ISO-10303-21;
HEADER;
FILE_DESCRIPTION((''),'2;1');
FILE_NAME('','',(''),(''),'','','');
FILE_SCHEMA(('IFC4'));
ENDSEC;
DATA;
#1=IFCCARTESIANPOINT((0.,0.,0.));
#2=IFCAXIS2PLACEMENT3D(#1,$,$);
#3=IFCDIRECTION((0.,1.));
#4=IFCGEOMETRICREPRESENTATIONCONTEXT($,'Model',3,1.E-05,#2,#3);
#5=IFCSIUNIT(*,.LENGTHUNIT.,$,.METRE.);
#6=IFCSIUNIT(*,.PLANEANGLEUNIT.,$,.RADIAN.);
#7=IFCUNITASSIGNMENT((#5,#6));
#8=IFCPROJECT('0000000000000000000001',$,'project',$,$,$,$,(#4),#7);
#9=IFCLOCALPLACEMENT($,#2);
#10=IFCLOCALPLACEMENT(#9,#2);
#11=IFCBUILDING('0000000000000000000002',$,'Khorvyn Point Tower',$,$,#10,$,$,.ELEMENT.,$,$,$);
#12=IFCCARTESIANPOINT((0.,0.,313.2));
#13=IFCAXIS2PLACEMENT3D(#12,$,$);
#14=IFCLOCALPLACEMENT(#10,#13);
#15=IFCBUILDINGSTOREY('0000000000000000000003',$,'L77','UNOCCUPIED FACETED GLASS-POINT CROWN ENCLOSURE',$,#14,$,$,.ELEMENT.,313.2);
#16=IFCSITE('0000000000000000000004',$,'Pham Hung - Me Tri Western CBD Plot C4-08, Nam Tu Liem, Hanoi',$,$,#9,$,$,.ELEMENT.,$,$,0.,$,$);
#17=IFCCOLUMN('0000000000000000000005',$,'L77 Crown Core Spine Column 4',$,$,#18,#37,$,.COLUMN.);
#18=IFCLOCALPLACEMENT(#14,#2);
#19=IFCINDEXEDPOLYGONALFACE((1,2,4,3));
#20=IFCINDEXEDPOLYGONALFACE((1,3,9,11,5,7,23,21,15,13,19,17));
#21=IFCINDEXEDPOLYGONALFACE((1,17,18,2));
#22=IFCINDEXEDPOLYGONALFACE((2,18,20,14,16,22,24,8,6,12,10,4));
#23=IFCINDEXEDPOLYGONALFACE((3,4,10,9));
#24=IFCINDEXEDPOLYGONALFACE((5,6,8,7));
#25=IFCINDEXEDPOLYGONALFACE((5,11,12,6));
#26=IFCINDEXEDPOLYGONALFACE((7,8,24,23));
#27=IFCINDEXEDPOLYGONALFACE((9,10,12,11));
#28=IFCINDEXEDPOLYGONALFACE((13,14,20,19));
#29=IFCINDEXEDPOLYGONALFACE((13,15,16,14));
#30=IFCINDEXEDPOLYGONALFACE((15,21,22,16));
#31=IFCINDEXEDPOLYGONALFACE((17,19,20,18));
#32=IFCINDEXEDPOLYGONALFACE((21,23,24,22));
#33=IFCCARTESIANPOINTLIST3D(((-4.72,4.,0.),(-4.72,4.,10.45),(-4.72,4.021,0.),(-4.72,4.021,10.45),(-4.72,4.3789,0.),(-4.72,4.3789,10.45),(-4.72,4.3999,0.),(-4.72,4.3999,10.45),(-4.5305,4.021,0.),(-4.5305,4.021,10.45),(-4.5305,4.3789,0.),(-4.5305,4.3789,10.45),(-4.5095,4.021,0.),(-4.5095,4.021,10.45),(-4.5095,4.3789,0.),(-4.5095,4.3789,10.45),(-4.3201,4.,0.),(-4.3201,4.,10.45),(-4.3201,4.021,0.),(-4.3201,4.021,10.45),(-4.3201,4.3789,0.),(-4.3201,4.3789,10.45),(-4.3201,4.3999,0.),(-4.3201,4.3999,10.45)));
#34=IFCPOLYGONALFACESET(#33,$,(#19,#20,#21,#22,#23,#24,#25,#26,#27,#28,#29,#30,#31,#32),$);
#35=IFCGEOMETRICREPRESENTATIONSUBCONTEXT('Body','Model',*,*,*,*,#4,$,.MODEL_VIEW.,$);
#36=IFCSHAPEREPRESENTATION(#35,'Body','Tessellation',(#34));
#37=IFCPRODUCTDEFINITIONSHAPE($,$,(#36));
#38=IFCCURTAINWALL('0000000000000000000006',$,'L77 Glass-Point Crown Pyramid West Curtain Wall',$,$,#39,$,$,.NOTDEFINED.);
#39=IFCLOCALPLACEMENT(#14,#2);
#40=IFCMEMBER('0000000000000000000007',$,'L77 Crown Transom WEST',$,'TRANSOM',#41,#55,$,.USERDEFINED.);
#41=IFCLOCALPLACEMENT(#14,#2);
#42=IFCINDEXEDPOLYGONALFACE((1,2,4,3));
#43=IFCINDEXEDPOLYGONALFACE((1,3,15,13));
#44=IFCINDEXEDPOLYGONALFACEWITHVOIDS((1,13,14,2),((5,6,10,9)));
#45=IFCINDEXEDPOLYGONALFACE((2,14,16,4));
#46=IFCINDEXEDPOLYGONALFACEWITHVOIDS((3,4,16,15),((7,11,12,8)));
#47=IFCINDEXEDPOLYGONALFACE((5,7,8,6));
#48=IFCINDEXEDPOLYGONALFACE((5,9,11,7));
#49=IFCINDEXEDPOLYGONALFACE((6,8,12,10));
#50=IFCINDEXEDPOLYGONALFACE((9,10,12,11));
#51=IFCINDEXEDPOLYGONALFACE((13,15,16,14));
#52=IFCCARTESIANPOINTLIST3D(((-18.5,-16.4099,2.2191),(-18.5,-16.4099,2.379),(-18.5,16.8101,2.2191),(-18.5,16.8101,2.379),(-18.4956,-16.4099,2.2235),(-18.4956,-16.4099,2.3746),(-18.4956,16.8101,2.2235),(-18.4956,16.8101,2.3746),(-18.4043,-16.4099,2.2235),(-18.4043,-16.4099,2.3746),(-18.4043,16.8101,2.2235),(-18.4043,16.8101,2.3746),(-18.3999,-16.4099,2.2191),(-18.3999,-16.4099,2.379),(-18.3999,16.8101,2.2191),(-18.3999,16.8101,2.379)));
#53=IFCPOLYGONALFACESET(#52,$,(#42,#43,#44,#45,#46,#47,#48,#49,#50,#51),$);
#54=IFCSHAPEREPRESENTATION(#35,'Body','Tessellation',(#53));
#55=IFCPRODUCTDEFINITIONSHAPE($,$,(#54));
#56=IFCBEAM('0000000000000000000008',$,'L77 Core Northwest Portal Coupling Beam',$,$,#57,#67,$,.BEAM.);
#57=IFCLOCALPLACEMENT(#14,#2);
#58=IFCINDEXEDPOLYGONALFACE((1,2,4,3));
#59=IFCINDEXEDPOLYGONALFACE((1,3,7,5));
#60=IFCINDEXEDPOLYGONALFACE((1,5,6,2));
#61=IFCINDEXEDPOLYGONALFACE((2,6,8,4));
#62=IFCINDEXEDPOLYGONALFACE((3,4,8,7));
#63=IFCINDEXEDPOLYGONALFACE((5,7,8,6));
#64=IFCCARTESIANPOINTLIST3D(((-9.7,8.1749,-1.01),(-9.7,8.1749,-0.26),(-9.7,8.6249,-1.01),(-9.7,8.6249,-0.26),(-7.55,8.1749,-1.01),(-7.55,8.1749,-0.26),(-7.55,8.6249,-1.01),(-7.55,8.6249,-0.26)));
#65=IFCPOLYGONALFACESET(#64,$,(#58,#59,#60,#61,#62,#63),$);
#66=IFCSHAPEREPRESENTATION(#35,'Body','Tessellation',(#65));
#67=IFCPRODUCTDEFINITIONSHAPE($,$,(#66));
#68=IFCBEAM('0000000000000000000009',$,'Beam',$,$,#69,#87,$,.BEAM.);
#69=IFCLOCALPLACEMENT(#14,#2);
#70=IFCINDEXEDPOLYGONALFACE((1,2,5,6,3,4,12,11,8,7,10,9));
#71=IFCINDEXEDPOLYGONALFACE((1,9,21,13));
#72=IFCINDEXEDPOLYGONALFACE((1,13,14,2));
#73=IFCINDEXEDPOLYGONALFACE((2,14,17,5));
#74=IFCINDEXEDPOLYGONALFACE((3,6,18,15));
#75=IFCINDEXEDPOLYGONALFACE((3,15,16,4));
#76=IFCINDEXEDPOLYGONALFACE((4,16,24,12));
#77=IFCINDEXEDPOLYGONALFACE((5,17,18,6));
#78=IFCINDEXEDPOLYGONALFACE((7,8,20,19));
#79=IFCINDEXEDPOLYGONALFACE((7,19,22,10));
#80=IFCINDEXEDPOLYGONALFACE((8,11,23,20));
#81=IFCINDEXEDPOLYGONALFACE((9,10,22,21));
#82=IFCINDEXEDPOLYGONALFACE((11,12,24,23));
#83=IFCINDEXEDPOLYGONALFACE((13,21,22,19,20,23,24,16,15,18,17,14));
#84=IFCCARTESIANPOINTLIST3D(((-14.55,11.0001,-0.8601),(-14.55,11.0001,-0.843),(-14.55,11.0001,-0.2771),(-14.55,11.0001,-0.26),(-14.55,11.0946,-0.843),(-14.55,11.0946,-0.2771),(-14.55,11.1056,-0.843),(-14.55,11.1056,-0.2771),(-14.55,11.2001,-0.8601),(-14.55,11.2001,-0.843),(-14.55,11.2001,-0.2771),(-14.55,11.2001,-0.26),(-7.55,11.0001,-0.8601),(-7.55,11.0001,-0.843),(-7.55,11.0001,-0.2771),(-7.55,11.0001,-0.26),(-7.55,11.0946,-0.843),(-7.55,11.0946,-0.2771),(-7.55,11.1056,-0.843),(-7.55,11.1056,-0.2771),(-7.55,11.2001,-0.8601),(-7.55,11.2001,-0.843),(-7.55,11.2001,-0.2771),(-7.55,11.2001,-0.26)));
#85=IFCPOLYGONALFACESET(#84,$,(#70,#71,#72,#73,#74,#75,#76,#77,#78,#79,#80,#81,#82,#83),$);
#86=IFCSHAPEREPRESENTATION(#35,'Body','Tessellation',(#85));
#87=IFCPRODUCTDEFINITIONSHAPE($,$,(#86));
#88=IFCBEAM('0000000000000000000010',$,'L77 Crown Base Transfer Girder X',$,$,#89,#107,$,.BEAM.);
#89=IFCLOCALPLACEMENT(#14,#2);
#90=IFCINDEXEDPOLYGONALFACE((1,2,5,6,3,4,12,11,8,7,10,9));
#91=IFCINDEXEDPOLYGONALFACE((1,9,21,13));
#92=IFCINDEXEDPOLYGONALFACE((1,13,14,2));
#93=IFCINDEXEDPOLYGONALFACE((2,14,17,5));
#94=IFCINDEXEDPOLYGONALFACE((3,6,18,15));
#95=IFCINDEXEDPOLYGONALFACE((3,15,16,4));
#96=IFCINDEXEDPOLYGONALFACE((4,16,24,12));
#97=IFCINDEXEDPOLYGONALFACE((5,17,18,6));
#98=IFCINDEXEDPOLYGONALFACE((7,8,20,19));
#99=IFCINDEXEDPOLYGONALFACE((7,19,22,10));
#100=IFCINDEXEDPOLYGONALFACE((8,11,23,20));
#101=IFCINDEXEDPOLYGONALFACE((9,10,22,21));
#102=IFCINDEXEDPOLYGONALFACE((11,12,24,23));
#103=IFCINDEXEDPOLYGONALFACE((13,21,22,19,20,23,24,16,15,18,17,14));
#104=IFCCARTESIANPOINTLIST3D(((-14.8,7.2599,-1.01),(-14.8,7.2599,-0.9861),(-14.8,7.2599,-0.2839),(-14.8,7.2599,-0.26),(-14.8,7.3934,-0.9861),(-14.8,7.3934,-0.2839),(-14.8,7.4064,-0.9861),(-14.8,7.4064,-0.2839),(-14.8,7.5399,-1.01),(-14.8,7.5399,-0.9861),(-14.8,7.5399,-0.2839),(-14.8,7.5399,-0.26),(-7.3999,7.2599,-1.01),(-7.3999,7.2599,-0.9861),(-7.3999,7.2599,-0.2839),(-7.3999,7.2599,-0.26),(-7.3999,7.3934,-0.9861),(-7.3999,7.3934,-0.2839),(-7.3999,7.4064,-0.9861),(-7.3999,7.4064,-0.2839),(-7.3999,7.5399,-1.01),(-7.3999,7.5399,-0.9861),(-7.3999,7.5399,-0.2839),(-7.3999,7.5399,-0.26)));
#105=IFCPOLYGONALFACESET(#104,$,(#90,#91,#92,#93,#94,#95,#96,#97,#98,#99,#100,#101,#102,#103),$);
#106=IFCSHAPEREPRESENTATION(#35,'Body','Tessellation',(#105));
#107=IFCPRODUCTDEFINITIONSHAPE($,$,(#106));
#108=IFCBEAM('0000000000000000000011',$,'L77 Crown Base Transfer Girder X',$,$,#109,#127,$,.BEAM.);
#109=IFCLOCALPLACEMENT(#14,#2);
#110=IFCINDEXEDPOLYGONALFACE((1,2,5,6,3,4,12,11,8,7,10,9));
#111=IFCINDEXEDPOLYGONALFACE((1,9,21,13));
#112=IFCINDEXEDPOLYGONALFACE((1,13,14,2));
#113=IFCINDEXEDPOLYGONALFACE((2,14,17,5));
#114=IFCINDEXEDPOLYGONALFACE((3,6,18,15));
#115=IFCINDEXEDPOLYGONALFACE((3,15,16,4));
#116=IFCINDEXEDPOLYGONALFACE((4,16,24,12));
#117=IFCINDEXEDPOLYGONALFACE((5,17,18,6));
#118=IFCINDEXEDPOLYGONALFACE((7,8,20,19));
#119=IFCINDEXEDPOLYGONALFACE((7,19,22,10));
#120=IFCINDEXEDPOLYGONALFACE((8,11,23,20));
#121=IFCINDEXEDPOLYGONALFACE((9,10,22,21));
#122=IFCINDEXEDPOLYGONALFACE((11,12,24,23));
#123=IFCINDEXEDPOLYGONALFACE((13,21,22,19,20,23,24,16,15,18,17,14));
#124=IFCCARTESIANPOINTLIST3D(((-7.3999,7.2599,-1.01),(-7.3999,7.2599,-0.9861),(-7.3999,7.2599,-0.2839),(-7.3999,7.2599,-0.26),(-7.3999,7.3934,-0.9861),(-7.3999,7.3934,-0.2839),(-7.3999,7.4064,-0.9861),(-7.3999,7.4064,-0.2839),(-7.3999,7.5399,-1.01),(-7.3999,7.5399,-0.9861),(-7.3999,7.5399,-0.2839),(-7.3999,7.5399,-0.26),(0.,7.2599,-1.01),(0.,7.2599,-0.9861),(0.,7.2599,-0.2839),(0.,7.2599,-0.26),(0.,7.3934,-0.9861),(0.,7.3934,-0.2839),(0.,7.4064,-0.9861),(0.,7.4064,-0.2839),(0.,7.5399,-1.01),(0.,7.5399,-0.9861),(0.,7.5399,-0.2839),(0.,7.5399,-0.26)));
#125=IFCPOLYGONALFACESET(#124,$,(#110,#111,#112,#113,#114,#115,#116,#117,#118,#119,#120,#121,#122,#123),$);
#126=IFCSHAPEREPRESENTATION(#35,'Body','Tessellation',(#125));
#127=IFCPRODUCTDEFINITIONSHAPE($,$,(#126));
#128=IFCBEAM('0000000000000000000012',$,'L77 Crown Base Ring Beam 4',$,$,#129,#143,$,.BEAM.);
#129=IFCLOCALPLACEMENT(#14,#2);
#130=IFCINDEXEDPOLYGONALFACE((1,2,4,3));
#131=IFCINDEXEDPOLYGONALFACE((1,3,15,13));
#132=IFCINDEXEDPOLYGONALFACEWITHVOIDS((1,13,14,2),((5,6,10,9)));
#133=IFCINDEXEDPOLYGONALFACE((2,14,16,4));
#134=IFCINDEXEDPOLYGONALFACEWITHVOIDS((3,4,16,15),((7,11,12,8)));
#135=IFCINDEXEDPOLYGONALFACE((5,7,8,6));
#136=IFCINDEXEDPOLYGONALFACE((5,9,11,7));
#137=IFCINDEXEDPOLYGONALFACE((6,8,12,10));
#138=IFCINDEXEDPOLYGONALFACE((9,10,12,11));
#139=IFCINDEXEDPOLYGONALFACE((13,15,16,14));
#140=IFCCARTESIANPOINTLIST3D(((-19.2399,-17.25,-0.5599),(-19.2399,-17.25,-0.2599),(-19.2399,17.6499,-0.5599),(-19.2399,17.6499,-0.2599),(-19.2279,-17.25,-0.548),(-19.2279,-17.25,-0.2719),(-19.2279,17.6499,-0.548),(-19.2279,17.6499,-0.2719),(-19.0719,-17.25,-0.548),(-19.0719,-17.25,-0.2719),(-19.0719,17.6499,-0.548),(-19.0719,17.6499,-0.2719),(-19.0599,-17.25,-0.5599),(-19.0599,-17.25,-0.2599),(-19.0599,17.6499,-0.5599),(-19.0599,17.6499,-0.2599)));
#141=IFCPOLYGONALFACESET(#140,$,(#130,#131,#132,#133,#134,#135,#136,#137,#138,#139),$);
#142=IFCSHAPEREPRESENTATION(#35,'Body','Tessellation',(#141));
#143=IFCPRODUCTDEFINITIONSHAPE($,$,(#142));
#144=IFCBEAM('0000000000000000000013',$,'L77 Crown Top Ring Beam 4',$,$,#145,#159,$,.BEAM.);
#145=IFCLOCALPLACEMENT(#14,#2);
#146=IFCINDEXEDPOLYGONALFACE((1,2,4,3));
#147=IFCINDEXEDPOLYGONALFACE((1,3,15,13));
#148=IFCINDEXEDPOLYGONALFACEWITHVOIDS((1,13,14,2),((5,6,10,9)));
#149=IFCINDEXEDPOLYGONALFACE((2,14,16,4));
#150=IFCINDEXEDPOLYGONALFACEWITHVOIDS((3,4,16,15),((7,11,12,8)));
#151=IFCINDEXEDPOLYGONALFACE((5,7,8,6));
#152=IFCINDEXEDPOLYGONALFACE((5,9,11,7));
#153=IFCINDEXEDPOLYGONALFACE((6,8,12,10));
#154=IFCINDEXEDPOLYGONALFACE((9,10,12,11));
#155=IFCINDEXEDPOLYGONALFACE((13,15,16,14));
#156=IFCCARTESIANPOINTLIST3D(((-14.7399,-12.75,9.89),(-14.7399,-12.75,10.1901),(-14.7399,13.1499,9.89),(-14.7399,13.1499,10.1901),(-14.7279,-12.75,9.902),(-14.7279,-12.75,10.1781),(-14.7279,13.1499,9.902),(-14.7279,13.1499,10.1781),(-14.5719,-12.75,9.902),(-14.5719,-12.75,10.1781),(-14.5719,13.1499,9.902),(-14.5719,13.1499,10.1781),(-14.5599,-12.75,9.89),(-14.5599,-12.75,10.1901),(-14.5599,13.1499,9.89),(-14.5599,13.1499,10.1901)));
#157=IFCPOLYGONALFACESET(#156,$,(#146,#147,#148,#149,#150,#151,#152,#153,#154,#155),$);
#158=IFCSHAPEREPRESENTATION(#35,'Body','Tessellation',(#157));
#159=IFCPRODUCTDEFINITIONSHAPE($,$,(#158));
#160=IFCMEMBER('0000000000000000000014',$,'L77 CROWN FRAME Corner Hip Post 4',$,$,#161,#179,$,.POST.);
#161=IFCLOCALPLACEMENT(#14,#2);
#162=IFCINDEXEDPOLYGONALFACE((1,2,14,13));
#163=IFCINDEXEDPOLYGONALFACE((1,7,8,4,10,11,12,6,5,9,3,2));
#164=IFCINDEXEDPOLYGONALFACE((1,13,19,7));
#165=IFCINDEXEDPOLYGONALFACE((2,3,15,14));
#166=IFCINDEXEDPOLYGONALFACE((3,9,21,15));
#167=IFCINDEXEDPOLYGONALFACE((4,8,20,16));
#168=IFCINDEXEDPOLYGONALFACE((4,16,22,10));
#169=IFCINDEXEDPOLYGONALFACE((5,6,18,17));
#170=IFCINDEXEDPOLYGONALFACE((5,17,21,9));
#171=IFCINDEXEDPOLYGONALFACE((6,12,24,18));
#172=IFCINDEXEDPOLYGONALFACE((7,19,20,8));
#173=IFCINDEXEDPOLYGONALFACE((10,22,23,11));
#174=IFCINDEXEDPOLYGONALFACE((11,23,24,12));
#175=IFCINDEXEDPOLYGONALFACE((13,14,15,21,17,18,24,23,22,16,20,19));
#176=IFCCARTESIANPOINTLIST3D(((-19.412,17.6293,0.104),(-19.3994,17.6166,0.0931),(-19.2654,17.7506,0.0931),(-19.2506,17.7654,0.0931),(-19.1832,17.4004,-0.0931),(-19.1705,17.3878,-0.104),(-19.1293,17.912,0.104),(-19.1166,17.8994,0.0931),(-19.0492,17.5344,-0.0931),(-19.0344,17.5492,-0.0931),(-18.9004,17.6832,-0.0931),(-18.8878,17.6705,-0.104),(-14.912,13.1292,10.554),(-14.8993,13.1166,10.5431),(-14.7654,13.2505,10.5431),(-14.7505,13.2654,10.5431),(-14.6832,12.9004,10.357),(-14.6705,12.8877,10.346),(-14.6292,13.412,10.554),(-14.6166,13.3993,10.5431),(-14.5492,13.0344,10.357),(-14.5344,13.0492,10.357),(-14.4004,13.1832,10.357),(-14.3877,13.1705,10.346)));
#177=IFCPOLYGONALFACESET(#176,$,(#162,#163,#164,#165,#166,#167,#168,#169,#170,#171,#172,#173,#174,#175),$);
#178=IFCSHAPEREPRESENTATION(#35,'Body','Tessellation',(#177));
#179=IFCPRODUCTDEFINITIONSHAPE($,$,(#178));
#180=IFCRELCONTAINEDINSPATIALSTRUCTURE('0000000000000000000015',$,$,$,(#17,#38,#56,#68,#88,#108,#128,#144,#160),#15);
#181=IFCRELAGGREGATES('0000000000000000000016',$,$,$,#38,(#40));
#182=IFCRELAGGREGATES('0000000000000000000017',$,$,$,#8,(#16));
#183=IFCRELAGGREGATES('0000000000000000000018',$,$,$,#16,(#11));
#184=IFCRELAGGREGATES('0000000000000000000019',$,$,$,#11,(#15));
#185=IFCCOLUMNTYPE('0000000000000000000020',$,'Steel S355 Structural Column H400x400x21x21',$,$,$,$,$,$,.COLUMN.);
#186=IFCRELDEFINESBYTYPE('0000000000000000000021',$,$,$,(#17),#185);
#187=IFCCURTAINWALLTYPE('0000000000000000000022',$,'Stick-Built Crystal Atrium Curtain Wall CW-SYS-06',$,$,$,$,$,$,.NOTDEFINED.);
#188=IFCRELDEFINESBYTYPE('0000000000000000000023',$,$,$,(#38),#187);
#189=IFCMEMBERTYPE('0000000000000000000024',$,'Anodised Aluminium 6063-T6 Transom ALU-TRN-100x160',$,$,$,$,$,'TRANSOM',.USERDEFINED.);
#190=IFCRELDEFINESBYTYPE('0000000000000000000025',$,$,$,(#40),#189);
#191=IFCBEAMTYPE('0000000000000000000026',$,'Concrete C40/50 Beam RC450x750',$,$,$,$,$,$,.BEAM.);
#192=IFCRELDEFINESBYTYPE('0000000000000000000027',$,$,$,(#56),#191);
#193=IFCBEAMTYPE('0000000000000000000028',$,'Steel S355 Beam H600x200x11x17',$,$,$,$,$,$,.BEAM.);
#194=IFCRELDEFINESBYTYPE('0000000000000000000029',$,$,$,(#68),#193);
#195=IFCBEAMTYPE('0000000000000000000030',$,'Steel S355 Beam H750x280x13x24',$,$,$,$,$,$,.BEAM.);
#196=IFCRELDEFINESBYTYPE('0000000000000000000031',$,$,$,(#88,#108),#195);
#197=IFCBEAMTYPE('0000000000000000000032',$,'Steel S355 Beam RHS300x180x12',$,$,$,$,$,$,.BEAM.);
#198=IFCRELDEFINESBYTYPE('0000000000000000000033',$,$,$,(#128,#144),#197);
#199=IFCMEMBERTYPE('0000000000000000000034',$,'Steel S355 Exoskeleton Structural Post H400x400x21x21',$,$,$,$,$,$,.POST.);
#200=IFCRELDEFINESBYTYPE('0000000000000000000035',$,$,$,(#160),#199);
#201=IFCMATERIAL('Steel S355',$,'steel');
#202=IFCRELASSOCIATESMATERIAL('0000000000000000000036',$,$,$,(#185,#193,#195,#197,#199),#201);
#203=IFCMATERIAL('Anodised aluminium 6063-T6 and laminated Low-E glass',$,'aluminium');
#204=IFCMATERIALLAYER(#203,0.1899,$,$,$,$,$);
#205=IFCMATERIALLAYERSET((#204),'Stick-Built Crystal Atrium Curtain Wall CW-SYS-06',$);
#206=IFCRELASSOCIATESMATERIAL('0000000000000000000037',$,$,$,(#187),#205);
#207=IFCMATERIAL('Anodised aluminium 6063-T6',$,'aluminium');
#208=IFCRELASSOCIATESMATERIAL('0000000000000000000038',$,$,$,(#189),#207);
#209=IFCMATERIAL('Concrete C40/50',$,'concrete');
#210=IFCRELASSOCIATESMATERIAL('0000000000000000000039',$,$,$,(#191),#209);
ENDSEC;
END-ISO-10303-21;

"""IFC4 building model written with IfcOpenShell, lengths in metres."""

from ifc_helpers import new_model, si_unit, direction, frame, origin, origin_2d, place, context, subcontext, project, spatial, rectangle, hollow_rectangle, i_section, extrude, material, layer, layer_set, material_profile, profile_set, type_object, element, aggregate, save


model = new_model("IFC4")

# Units and contexts
model_context = context("Model", 3, precision=1e-05, world=origin(), true_north=direction((0.0, 1.0)))
body_context = subcontext(model_context, "Body", "Model", "MODEL_VIEW")
ifc_project = project(units=[si_unit("LENGTHUNIT", "METRE"), si_unit("PLANEANGLEUNIT", "RADIAN")], contexts=[model_context])

# Site, building, storey
site_placement = place(None, origin())
site = spatial("IfcSite", under=ifc_project, at=site_placement, Name="Pham Hung - Me Tri Western CBD Plot C4-08, Nam Tu Liem, Hanoi", CompositionType="ELEMENT", RefElevation=0.0)
building_placement = place(site_placement, origin())
building = spatial("IfcBuilding", under=site, at=building_placement, Name="Khorvyn Point Tower", CompositionType="ELEMENT")
storey_placement = place(building_placement, frame((0.0, 0.0, 313.2)))
storey = spatial("IfcBuildingStorey", under=building, at=storey_placement, Name="L77", Description="UNOCCUPIED FACETED GLASS-POINT CROWN ENCLOSURE", CompositionType="ELEMENT", Elevation=313.2)

# Column
ifc_material_1 = material(Name="Steel S355", Category="steel")
ifc_material_profile_1 = material_profile(ifc_material_1, i_section(OverallWidth=0.3999, OverallDepth=0.3999, WebThickness=0.021, FlangeThickness=0.021, at=origin_2d()))
ifc_profile_set_1 = profile_set([ifc_material_profile_1], Name="Steel S355 H400x400x21x21")
column_type = type_object("IfcColumnType", Name="Steel S355 Structural Column H400x400x21x21", PredefinedType="COLUMN", material=ifc_profile_set_1)
column_placement = place(storey_placement, frame((-4.52, 4.2, 0.0), z_axis=(0.0, 0.0, 1.0), x_axis=(1.0, 0.0, 0.0)))
element("IfcColumn", 1, at=column_placement, inside=storey, type_object=column_type, Name="L77 Crown Core Spine Column 4", PredefinedType="COLUMN", context=body_context, shape_type="SweptSolid", body=[
    extrude(i_section(OverallWidth=0.3999, OverallDepth=0.3999, WebThickness=0.021, FlangeThickness=0.021, at=origin_2d()), origin(), (0.0, 0.0, 1.0), 10.45),
])

# Curtain wall, member
ifc_material_2 = material(Name="Anodised aluminium 6063-T6 and laminated Low-E glass", Category="aluminium")
ifc_layer_1 = layer(ifc_material_2, 0.1899)
ifc_layer_set_1 = layer_set([ifc_layer_1], Name="Stick-Built Crystal Atrium Curtain Wall CW-SYS-06")
curtain_wall_type = type_object("IfcCurtainWallType", Name="Stick-Built Crystal Atrium Curtain Wall CW-SYS-06", PredefinedType="NOTDEFINED", material=ifc_layer_set_1)
curtain_wall_placement = place(storey_placement, origin())
curtain_wall = element("IfcCurtainWall", 2, at=curtain_wall_placement, inside=storey, type_object=curtain_wall_type, Name="L77 Glass-Point Crown Pyramid West Curtain Wall", PredefinedType="NOTDEFINED")
ifc_material_3 = material(Name="Anodised aluminium 6063-T6", Category="aluminium")
ifc_material_profile_2 = material_profile(ifc_material_3, hollow_rectangle(XDim=0.1001, YDim=0.1599, WallThickness=0.0044, at=origin_2d()))
ifc_profile_set_2 = profile_set([ifc_material_profile_2], Name="Anodised aluminium 6063-T6 ALU-TRN-100x160")
member_type_1 = type_object("IfcMemberType", Name="Anodised Aluminium 6063-T6 Transom ALU-TRN-100x160", ElementType="TRANSOM", PredefinedType="USERDEFINED", material=ifc_profile_set_2)
member_1_placement = place(storey_placement, frame((-18.45, 16.8101, 2.2991), z_axis=(0.0, -1.0, 0.0), x_axis=(1.0, 0.0, 0.0)))
member_1 = element("IfcMember", 3, at=member_1_placement, type_object=member_type_1, Name="L77 Crown Transom WEST", ObjectType="TRANSOM", PredefinedType="USERDEFINED", context=body_context, shape_type="SweptSolid", body=[
    extrude(hollow_rectangle(XDim=0.1001, YDim=0.1599, WallThickness=0.0044, at=origin_2d()), origin(), (0.0, 0.0, 1.0), 33.22),
])

# Beams
ifc_material_4 = material(Name="Concrete C40/50", Category="concrete")
ifc_material_profile_3 = material_profile(ifc_material_4, rectangle(XDim=0.45, YDim=0.75, at=origin_2d()))
ifc_profile_set_3 = profile_set([ifc_material_profile_3], Name="Concrete C40/50 RC450x750")
beam_type_1 = type_object("IfcBeamType", Name="Concrete C40/50 Beam RC450x750", PredefinedType="BEAM", material=ifc_profile_set_3)
beam_1_placement = place(storey_placement, frame((-9.7, 8.3999, -0.635), z_axis=(1.0, 0.0, 0.0), x_axis=(0.0, 1.0, 0.0)))
element("IfcBeam", 4, at=beam_1_placement, inside=storey, type_object=beam_type_1, Name="L77 Core Northwest Portal Coupling Beam", PredefinedType="BEAM", context=body_context, shape_type="SweptSolid", body=[
    extrude(rectangle(XDim=0.45, YDim=0.75, at=origin_2d()), origin(), (0.0, 0.0, 1.0), 2.1499),
])
ifc_material_profile_4 = material_profile(ifc_material_1, i_section(OverallWidth=0.2, OverallDepth=0.6001, WebThickness=0.011, FlangeThickness=0.0171, at=origin_2d()))
ifc_profile_set_4 = profile_set([ifc_material_profile_4], Name="Steel S355 H600x200x11x17")
beam_type_2 = type_object("IfcBeamType", Name="Steel S355 Beam H600x200x11x17", PredefinedType="BEAM", material=ifc_profile_set_4)
beam_2_placement = place(storey_placement, frame((-14.55, 11.1001, -0.5601), z_axis=(1.0, 0.0, 0.0), x_axis=(0.0, 1.0, 0.0)))
element("IfcBeam", 5, at=beam_2_placement, inside=storey, type_object=beam_type_2, Name="Beam", PredefinedType="BEAM", context=body_context, shape_type="SweptSolid", body=[
    extrude(i_section(OverallWidth=0.2, OverallDepth=0.6001, WebThickness=0.011, FlangeThickness=0.0171, at=origin_2d()), origin(), (0.0, 0.0, 1.0), 7.0),
])
ifc_material_profile_5 = material_profile(ifc_material_1, i_section(OverallWidth=0.28, OverallDepth=0.75, WebThickness=0.0129, FlangeThickness=0.0239, at=origin_2d()))
ifc_profile_set_5 = profile_set([ifc_material_profile_5], Name="Steel S355 H750x280x13x24")
beam_type_3 = type_object("IfcBeamType", Name="Steel S355 Beam H750x280x13x24", PredefinedType="BEAM", material=ifc_profile_set_5)
beam_3_placement = place(storey_placement, frame((-14.8, 7.3999, -0.635), z_axis=(1.0, 0.0, 0.0), x_axis=(0.0, 1.0, 0.0)))
element("IfcBeam", 6, at=beam_3_placement, inside=storey, type_object=beam_type_3, Name="L77 Crown Base Transfer Girder X", PredefinedType="BEAM", context=body_context, shape_type="SweptSolid", body=[
    extrude(i_section(OverallWidth=0.28, OverallDepth=0.75, WebThickness=0.0129, FlangeThickness=0.0239, at=origin_2d()), origin(), (0.0, 0.0, 1.0), 7.4001),
])
beam_4_placement = place(storey_placement, frame((-7.3999, 7.3999, -0.635), z_axis=(1.0, 0.0, 0.0), x_axis=(0.0, 1.0, 0.0)))
element("IfcBeam", 7, at=beam_4_placement, inside=storey, type_object=beam_type_3, Name="L77 Crown Base Transfer Girder X", PredefinedType="BEAM", context=body_context, shape_type="SweptSolid", body=[
    extrude(i_section(OverallWidth=0.28, OverallDepth=0.75, WebThickness=0.0129, FlangeThickness=0.0239, at=origin_2d()), origin(), (0.0, 0.0, 1.0), 7.3999),
])
ifc_material_profile_6 = material_profile(ifc_material_1, hollow_rectangle(XDim=0.1799, YDim=0.3, WallThickness=0.012, at=origin_2d()))
ifc_profile_set_6 = profile_set([ifc_material_profile_6], Name="Steel S355 RHS300x180x12")
beam_type_4 = type_object("IfcBeamType", Name="Steel S355 Beam RHS300x180x12", PredefinedType="BEAM", material=ifc_profile_set_6)
beam_5_placement = place(storey_placement, frame((-19.1499, 17.6499, -0.4099), z_axis=(0.0, -1.0, 0.0), x_axis=(1.0, 0.0, 0.0)))
element("IfcBeam", 8, at=beam_5_placement, inside=storey, type_object=beam_type_4, Name="L77 Crown Base Ring Beam 4", PredefinedType="BEAM", context=body_context, shape_type="SweptSolid", body=[
    extrude(hollow_rectangle(XDim=0.1799, YDim=0.3, WallThickness=0.012, at=origin_2d()), origin(), (0.0, 0.0, 1.0), 34.8999),
])
beam_6_placement = place(storey_placement, frame((-14.6499, 13.1499, 10.04), z_axis=(0.0, -1.0, 0.0), x_axis=(1.0, 0.0, 0.0)))
element("IfcBeam", 9, at=beam_6_placement, inside=storey, type_object=beam_type_4, Name="L77 Crown Top Ring Beam 4", PredefinedType="BEAM", context=body_context, shape_type="SweptSolid", body=[
    extrude(hollow_rectangle(XDim=0.1799, YDim=0.3, WallThickness=0.012, at=origin_2d()), origin(), (0.0, 0.0, 1.0), 25.8999),
])

# Member
ifc_material_profile_7 = material_profile(ifc_material_1, i_section(OverallWidth=0.3999, OverallDepth=0.3999, WebThickness=0.021, FlangeThickness=0.021, at=origin_2d()))
ifc_profile_set_7 = profile_set([ifc_material_profile_7], Name="Steel S355 H400x400x21x21")
member_type_2 = type_object("IfcMemberType", Name="Steel S355 Exoskeleton Structural Post H400x400x21x21", PredefinedType="POST", material=ifc_profile_set_7)
member_2_placement = place(storey_placement, frame((-19.1499, 17.6499, 0.0), z_axis=(0.36779, -0.36779, 0.854085), x_axis=(0.707107, 0.707107, 0.0)))
element("IfcMember", 10, at=member_2_placement, inside=storey, type_object=member_type_2, Name="L77 CROWN FRAME Corner Hip Post 4", PredefinedType="POST", context=body_context, shape_type="SweptSolid", body=[
    extrude(i_section(OverallWidth=0.3999, OverallDepth=0.3999, WebThickness=0.021, FlangeThickness=0.021, at=origin_2d()), origin(), (0.0, 0.0, 1.0), 12.2354),
])

aggregate(curtain_wall, [member_1])

save(model, "model.ifc")
